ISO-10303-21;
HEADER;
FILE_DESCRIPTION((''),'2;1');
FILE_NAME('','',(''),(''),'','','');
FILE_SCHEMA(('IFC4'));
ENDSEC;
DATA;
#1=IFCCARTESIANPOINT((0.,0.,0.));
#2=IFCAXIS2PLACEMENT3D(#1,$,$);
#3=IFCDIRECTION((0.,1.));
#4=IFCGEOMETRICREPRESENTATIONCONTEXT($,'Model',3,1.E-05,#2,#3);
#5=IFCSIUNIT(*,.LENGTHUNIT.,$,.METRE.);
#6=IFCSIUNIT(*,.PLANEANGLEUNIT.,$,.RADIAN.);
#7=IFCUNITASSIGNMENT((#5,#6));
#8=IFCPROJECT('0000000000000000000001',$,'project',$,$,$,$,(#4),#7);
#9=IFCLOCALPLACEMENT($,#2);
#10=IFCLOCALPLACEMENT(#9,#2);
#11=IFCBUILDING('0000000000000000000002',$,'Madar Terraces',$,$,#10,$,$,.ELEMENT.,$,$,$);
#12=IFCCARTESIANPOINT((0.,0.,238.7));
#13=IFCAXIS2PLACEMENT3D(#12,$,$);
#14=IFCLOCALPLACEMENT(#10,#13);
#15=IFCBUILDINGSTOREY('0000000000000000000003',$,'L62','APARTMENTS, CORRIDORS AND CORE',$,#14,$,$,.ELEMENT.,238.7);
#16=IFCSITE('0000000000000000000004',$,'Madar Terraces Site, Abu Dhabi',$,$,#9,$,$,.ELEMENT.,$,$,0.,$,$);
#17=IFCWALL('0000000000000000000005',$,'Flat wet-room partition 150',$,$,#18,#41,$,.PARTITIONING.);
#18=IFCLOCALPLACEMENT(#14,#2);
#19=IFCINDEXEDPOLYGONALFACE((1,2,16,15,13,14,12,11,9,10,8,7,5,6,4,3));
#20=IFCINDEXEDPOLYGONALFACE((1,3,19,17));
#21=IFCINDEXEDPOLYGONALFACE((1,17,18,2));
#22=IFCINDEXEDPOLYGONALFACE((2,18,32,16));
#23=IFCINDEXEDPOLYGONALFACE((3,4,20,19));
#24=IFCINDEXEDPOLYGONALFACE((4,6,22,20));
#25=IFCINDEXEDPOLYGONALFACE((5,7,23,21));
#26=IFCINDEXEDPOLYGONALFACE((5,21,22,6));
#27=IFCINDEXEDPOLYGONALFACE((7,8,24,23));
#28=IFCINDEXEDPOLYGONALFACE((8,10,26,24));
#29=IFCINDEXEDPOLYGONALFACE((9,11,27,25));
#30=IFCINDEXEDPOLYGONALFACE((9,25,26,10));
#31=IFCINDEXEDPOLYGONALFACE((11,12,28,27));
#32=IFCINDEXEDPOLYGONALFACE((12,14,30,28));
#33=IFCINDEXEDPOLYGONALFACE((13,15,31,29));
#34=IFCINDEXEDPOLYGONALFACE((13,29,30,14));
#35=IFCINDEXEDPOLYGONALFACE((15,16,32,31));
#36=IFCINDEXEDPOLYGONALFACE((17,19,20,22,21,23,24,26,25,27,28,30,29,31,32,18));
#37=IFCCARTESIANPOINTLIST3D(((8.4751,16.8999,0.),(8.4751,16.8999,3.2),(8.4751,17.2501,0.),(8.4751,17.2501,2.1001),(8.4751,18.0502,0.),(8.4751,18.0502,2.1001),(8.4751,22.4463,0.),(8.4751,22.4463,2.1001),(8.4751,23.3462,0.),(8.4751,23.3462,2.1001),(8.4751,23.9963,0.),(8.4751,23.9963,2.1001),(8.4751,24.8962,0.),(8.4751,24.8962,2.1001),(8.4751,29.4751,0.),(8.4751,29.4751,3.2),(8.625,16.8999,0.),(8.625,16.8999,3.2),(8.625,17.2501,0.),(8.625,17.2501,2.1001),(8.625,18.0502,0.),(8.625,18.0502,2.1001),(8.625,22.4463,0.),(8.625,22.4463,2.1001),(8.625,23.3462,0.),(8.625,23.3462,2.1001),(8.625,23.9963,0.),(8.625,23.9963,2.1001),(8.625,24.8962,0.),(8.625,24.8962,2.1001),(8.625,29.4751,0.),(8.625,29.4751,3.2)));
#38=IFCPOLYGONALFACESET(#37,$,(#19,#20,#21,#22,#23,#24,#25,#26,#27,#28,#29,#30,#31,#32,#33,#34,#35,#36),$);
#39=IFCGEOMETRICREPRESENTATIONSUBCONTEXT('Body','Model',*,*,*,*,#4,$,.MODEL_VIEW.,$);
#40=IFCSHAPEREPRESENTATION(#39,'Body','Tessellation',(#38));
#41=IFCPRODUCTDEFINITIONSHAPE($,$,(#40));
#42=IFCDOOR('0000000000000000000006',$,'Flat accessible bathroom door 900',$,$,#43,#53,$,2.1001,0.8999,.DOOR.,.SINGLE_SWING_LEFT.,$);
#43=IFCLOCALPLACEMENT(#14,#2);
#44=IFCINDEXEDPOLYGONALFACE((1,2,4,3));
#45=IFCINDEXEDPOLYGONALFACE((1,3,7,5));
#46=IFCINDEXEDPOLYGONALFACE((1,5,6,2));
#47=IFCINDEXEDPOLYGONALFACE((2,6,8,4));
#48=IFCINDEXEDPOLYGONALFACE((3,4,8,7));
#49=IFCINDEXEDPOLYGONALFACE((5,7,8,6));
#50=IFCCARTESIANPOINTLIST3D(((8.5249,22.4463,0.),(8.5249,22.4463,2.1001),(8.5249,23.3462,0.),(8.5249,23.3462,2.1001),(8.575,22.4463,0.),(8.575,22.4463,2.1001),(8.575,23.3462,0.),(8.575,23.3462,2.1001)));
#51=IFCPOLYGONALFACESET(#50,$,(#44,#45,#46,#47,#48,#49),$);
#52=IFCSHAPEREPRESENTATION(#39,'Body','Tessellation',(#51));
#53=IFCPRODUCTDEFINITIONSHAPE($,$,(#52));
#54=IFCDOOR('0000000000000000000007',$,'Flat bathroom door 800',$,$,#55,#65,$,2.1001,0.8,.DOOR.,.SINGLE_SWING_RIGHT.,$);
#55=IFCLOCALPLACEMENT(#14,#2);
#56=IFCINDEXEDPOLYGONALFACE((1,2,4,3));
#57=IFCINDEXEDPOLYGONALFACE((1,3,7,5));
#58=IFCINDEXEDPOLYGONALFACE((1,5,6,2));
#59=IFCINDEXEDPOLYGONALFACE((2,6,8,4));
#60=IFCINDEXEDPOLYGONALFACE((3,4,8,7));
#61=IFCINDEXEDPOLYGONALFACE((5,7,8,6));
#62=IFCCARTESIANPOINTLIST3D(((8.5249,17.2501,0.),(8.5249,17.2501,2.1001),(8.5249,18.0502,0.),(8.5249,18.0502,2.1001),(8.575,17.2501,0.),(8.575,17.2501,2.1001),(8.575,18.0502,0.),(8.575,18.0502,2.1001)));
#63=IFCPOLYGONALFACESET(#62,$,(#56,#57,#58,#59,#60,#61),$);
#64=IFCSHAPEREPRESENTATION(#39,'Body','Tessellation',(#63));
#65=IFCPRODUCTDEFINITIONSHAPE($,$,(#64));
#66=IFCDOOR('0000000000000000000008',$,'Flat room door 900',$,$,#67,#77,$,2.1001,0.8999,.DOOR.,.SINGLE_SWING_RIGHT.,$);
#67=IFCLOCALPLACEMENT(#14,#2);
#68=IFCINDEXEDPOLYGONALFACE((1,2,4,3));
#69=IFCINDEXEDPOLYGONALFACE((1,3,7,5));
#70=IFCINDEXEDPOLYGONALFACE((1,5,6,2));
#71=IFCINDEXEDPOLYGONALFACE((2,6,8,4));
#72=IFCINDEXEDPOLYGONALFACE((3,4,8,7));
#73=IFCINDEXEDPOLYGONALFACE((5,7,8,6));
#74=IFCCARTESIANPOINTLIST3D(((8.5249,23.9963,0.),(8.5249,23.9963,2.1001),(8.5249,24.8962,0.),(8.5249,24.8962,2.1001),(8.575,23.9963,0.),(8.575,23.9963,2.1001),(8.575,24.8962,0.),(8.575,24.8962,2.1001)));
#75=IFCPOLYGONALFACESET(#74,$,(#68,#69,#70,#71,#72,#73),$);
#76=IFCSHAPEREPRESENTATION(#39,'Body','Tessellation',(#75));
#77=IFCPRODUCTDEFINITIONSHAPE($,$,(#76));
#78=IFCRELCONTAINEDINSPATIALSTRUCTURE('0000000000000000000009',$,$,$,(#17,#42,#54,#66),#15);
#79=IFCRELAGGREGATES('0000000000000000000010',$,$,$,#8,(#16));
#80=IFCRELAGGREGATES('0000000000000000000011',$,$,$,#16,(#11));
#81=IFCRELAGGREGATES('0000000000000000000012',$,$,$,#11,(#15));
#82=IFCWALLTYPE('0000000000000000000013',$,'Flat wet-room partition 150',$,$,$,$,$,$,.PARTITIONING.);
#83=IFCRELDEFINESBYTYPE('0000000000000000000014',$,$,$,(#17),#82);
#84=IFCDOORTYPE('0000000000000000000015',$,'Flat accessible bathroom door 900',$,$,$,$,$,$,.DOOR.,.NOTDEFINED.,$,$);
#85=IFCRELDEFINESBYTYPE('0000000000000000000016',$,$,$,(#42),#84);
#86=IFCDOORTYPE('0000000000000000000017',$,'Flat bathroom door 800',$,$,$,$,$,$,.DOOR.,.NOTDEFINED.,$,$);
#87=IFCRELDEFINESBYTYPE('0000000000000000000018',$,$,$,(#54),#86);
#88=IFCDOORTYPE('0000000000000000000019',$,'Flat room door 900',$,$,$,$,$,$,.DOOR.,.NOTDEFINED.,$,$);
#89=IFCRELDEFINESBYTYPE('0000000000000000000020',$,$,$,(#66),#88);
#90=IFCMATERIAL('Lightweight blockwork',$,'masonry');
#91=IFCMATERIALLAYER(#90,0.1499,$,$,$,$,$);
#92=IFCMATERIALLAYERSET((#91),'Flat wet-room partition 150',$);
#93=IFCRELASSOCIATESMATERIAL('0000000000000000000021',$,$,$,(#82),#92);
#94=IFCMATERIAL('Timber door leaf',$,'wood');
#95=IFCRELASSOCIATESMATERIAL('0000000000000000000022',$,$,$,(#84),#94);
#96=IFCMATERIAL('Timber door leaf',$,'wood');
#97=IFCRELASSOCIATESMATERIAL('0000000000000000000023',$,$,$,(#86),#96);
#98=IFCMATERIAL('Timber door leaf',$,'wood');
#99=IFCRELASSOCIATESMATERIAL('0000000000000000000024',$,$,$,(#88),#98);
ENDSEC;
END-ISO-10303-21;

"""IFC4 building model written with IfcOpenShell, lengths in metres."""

from ifc_helpers import new_model, si_unit, direction, frame, frame_2d, origin, place, context, subcontext, project, spatial, rectangle, extrude, material, layer, layer_set, type_object, element, fill, save


model = new_model("IFC4")

# Units and contexts
model_context = context("Model", 3, precision=1e-05, world=origin(), true_north=direction((0.0, 1.0)))
body_context = subcontext(model_context, "Body", "Model", "MODEL_VIEW")
ifc_project = project(units=[si_unit("LENGTHUNIT", "METRE"), si_unit("PLANEANGLEUNIT", "RADIAN")], contexts=[model_context])

# Site, building, storey
site_placement = place(None, origin())
site = spatial("IfcSite", under=ifc_project, at=site_placement, Name="Madar Terraces Site, Abu Dhabi", CompositionType="ELEMENT", RefElevation=0.0)
building_placement = place(site_placement, origin())
building = spatial("IfcBuilding", under=site, at=building_placement, Name="Madar Terraces", CompositionType="ELEMENT")
storey_placement = place(building_placement, frame((0.0, 0.0, 238.7)))
storey = spatial("IfcBuildingStorey", under=building, at=storey_placement, Name="L62", Description="APARTMENTS, CORRIDORS AND CORE", CompositionType="ELEMENT", Elevation=238.7)

# Shared definitions
ifc_material_1 = material(Name="Lightweight blockwork", Category="masonry")
ifc_layer_1 = layer(ifc_material_1, 0.1499)
ifc_layer_set_1 = layer_set([ifc_layer_1], Name="Flat wet-room partition 150")
wall_type_1 = type_object("IfcWallType", Name="Flat wet-room partition 150", PredefinedType="PARTITIONING", material=ifc_layer_set_1)

# Wall, openings, doors
wall_1_placement = place(storey_placement, frame((8.55, 29.4751, 0.0), z_axis=(0.0, 0.0, 1.0), x_axis=(0.0, -1.0, 0.0)))
wall_1 = element("IfcWall", 1, at=wall_1_placement, inside=storey, type_object=wall_type_1, Name="Flat wet-room partition 150", PredefinedType="PARTITIONING", context=body_context, shape_type="SweptSolid", body=[
    extrude(rectangle(XDim=12.5752, YDim=0.1499, at=frame_2d((6.2876, 0.0))), origin(), (0.0, 0.0, 1.0), 3.2),
])
opening_1_placement = place(wall_1_placement, frame((4.5789, 0.0, 0.0)))
opening_1 = element("IfcOpeningElement", 2, at=opening_1_placement, cuts=wall_1, PredefinedType="OPENING", context=body_context, shape_type="SweptSolid", body=[
    extrude(rectangle(XDim=0.8999, YDim=2.1001, at=frame_2d((0.45, 1.05))), frame((0.0, 0.085, 0.0), z_axis=(0.0, -1.0, 0.0), x_axis=(1.0, 0.0, 0.0)), (0.0, 0.0, 1.0), 0.1699),
])
opening_2_placement = place(wall_1_placement, frame((6.1289, 0.0, 0.0)))
opening_2 = element("IfcOpeningElement", 3, at=opening_2_placement, cuts=wall_1, PredefinedType="OPENING", context=body_context, shape_type="SweptSolid", body=[
    extrude(rectangle(XDim=0.8999, YDim=2.1001, at=frame_2d((0.45, 1.05))), frame((0.0, 0.085, 0.0), z_axis=(0.0, -1.0, 0.0), x_axis=(1.0, 0.0, 0.0)), (0.0, 0.0, 1.0), 0.1699),
])
opening_3_placement = place(wall_1_placement, frame((11.425, 0.0, 0.0)))
opening_3 = element("IfcOpeningElement", 4, at=opening_3_placement, cuts=wall_1, PredefinedType="OPENING", context=body_context, shape_type="SweptSolid", body=[
    extrude(rectangle(XDim=0.8, YDim=2.1001, at=frame_2d((0.3999, 1.05))), frame((0.0, 0.085, 0.0), z_axis=(0.0, -1.0, 0.0), x_axis=(1.0, 0.0, 0.0)), (0.0, 0.0, 1.0), 0.1699),
])
ifc_material_2 = material(Name="Timber door leaf", Category="wood")
door_type_1 = type_object("IfcDoorType", Name="Flat accessible bathroom door 900", OperationType="NOTDEFINED", PredefinedType="DOOR", material=ifc_material_2)
door_1_placement = place(opening_2_placement, origin())
door_1 = element("IfcDoor", 5, at=door_1_placement, inside=storey, type_object=door_type_1, Name="Flat accessible bathroom door 900", OperationType="SINGLE_SWING_LEFT", OverallHeight=2.1001, OverallWidth=0.8999, PredefinedType="DOOR", context=body_context, shape_type="SweptSolid", body=[
    extrude(rectangle(XDim=0.8999, YDim=2.1001, at=frame_2d((0.45, 1.05))), frame((0.0, 0.0249, 0.0), z_axis=(0.0, -1.0, 0.0), x_axis=(1.0, 0.0, 0.0)), (0.0, 0.0, 1.0), 0.05),
])
fill(opening_2, door_1)
ifc_material_3 = material(Name="Timber door leaf", Category="wood")
door_type_2 = type_object("IfcDoorType", Name="Flat bathroom door 800", OperationType="NOTDEFINED", PredefinedType="DOOR", material=ifc_material_3)
door_2_placement = place(opening_3_placement, origin())
door_2 = element("IfcDoor", 6, at=door_2_placement, inside=storey, type_object=door_type_2, Name="Flat bathroom door 800", OperationType="SINGLE_SWING_RIGHT", OverallHeight=2.1001, OverallWidth=0.8, PredefinedType="DOOR", context=body_context, shape_type="SweptSolid", body=[
    extrude(rectangle(XDim=0.8, YDim=2.1001, at=frame_2d((0.3999, 1.05))), frame((0.0, 0.0249, 0.0), z_axis=(0.0, -1.0, 0.0), x_axis=(1.0, 0.0, 0.0)), (0.0, 0.0, 1.0), 0.05),
])
fill(opening_3, door_2)
ifc_material_4 = material(Name="Timber door leaf", Category="wood")
door_type_3 = type_object("IfcDoorType", Name="Flat room door 900", OperationType="NOTDEFINED", PredefinedType="DOOR", material=ifc_material_4)
door_3_placement = place(opening_1_placement, origin())
door_3 = element("IfcDoor", 7, at=door_3_placement, inside=storey, type_object=door_type_3, Name="Flat room door 900", OperationType="SINGLE_SWING_RIGHT", OverallHeight=2.1001, OverallWidth=0.8999, PredefinedType="DOOR", context=body_context, shape_type="SweptSolid", body=[
    extrude(rectangle(XDim=0.8999, YDim=2.1001, at=frame_2d((0.45, 1.05))), frame((0.0, 0.0249, 0.0), z_axis=(0.0, -1.0, 0.0), x_axis=(1.0, 0.0, 0.0)), (0.0, 0.0, 1.0), 0.05),
])
fill(opening_1, door_3)

save(model, "model.ifc")
